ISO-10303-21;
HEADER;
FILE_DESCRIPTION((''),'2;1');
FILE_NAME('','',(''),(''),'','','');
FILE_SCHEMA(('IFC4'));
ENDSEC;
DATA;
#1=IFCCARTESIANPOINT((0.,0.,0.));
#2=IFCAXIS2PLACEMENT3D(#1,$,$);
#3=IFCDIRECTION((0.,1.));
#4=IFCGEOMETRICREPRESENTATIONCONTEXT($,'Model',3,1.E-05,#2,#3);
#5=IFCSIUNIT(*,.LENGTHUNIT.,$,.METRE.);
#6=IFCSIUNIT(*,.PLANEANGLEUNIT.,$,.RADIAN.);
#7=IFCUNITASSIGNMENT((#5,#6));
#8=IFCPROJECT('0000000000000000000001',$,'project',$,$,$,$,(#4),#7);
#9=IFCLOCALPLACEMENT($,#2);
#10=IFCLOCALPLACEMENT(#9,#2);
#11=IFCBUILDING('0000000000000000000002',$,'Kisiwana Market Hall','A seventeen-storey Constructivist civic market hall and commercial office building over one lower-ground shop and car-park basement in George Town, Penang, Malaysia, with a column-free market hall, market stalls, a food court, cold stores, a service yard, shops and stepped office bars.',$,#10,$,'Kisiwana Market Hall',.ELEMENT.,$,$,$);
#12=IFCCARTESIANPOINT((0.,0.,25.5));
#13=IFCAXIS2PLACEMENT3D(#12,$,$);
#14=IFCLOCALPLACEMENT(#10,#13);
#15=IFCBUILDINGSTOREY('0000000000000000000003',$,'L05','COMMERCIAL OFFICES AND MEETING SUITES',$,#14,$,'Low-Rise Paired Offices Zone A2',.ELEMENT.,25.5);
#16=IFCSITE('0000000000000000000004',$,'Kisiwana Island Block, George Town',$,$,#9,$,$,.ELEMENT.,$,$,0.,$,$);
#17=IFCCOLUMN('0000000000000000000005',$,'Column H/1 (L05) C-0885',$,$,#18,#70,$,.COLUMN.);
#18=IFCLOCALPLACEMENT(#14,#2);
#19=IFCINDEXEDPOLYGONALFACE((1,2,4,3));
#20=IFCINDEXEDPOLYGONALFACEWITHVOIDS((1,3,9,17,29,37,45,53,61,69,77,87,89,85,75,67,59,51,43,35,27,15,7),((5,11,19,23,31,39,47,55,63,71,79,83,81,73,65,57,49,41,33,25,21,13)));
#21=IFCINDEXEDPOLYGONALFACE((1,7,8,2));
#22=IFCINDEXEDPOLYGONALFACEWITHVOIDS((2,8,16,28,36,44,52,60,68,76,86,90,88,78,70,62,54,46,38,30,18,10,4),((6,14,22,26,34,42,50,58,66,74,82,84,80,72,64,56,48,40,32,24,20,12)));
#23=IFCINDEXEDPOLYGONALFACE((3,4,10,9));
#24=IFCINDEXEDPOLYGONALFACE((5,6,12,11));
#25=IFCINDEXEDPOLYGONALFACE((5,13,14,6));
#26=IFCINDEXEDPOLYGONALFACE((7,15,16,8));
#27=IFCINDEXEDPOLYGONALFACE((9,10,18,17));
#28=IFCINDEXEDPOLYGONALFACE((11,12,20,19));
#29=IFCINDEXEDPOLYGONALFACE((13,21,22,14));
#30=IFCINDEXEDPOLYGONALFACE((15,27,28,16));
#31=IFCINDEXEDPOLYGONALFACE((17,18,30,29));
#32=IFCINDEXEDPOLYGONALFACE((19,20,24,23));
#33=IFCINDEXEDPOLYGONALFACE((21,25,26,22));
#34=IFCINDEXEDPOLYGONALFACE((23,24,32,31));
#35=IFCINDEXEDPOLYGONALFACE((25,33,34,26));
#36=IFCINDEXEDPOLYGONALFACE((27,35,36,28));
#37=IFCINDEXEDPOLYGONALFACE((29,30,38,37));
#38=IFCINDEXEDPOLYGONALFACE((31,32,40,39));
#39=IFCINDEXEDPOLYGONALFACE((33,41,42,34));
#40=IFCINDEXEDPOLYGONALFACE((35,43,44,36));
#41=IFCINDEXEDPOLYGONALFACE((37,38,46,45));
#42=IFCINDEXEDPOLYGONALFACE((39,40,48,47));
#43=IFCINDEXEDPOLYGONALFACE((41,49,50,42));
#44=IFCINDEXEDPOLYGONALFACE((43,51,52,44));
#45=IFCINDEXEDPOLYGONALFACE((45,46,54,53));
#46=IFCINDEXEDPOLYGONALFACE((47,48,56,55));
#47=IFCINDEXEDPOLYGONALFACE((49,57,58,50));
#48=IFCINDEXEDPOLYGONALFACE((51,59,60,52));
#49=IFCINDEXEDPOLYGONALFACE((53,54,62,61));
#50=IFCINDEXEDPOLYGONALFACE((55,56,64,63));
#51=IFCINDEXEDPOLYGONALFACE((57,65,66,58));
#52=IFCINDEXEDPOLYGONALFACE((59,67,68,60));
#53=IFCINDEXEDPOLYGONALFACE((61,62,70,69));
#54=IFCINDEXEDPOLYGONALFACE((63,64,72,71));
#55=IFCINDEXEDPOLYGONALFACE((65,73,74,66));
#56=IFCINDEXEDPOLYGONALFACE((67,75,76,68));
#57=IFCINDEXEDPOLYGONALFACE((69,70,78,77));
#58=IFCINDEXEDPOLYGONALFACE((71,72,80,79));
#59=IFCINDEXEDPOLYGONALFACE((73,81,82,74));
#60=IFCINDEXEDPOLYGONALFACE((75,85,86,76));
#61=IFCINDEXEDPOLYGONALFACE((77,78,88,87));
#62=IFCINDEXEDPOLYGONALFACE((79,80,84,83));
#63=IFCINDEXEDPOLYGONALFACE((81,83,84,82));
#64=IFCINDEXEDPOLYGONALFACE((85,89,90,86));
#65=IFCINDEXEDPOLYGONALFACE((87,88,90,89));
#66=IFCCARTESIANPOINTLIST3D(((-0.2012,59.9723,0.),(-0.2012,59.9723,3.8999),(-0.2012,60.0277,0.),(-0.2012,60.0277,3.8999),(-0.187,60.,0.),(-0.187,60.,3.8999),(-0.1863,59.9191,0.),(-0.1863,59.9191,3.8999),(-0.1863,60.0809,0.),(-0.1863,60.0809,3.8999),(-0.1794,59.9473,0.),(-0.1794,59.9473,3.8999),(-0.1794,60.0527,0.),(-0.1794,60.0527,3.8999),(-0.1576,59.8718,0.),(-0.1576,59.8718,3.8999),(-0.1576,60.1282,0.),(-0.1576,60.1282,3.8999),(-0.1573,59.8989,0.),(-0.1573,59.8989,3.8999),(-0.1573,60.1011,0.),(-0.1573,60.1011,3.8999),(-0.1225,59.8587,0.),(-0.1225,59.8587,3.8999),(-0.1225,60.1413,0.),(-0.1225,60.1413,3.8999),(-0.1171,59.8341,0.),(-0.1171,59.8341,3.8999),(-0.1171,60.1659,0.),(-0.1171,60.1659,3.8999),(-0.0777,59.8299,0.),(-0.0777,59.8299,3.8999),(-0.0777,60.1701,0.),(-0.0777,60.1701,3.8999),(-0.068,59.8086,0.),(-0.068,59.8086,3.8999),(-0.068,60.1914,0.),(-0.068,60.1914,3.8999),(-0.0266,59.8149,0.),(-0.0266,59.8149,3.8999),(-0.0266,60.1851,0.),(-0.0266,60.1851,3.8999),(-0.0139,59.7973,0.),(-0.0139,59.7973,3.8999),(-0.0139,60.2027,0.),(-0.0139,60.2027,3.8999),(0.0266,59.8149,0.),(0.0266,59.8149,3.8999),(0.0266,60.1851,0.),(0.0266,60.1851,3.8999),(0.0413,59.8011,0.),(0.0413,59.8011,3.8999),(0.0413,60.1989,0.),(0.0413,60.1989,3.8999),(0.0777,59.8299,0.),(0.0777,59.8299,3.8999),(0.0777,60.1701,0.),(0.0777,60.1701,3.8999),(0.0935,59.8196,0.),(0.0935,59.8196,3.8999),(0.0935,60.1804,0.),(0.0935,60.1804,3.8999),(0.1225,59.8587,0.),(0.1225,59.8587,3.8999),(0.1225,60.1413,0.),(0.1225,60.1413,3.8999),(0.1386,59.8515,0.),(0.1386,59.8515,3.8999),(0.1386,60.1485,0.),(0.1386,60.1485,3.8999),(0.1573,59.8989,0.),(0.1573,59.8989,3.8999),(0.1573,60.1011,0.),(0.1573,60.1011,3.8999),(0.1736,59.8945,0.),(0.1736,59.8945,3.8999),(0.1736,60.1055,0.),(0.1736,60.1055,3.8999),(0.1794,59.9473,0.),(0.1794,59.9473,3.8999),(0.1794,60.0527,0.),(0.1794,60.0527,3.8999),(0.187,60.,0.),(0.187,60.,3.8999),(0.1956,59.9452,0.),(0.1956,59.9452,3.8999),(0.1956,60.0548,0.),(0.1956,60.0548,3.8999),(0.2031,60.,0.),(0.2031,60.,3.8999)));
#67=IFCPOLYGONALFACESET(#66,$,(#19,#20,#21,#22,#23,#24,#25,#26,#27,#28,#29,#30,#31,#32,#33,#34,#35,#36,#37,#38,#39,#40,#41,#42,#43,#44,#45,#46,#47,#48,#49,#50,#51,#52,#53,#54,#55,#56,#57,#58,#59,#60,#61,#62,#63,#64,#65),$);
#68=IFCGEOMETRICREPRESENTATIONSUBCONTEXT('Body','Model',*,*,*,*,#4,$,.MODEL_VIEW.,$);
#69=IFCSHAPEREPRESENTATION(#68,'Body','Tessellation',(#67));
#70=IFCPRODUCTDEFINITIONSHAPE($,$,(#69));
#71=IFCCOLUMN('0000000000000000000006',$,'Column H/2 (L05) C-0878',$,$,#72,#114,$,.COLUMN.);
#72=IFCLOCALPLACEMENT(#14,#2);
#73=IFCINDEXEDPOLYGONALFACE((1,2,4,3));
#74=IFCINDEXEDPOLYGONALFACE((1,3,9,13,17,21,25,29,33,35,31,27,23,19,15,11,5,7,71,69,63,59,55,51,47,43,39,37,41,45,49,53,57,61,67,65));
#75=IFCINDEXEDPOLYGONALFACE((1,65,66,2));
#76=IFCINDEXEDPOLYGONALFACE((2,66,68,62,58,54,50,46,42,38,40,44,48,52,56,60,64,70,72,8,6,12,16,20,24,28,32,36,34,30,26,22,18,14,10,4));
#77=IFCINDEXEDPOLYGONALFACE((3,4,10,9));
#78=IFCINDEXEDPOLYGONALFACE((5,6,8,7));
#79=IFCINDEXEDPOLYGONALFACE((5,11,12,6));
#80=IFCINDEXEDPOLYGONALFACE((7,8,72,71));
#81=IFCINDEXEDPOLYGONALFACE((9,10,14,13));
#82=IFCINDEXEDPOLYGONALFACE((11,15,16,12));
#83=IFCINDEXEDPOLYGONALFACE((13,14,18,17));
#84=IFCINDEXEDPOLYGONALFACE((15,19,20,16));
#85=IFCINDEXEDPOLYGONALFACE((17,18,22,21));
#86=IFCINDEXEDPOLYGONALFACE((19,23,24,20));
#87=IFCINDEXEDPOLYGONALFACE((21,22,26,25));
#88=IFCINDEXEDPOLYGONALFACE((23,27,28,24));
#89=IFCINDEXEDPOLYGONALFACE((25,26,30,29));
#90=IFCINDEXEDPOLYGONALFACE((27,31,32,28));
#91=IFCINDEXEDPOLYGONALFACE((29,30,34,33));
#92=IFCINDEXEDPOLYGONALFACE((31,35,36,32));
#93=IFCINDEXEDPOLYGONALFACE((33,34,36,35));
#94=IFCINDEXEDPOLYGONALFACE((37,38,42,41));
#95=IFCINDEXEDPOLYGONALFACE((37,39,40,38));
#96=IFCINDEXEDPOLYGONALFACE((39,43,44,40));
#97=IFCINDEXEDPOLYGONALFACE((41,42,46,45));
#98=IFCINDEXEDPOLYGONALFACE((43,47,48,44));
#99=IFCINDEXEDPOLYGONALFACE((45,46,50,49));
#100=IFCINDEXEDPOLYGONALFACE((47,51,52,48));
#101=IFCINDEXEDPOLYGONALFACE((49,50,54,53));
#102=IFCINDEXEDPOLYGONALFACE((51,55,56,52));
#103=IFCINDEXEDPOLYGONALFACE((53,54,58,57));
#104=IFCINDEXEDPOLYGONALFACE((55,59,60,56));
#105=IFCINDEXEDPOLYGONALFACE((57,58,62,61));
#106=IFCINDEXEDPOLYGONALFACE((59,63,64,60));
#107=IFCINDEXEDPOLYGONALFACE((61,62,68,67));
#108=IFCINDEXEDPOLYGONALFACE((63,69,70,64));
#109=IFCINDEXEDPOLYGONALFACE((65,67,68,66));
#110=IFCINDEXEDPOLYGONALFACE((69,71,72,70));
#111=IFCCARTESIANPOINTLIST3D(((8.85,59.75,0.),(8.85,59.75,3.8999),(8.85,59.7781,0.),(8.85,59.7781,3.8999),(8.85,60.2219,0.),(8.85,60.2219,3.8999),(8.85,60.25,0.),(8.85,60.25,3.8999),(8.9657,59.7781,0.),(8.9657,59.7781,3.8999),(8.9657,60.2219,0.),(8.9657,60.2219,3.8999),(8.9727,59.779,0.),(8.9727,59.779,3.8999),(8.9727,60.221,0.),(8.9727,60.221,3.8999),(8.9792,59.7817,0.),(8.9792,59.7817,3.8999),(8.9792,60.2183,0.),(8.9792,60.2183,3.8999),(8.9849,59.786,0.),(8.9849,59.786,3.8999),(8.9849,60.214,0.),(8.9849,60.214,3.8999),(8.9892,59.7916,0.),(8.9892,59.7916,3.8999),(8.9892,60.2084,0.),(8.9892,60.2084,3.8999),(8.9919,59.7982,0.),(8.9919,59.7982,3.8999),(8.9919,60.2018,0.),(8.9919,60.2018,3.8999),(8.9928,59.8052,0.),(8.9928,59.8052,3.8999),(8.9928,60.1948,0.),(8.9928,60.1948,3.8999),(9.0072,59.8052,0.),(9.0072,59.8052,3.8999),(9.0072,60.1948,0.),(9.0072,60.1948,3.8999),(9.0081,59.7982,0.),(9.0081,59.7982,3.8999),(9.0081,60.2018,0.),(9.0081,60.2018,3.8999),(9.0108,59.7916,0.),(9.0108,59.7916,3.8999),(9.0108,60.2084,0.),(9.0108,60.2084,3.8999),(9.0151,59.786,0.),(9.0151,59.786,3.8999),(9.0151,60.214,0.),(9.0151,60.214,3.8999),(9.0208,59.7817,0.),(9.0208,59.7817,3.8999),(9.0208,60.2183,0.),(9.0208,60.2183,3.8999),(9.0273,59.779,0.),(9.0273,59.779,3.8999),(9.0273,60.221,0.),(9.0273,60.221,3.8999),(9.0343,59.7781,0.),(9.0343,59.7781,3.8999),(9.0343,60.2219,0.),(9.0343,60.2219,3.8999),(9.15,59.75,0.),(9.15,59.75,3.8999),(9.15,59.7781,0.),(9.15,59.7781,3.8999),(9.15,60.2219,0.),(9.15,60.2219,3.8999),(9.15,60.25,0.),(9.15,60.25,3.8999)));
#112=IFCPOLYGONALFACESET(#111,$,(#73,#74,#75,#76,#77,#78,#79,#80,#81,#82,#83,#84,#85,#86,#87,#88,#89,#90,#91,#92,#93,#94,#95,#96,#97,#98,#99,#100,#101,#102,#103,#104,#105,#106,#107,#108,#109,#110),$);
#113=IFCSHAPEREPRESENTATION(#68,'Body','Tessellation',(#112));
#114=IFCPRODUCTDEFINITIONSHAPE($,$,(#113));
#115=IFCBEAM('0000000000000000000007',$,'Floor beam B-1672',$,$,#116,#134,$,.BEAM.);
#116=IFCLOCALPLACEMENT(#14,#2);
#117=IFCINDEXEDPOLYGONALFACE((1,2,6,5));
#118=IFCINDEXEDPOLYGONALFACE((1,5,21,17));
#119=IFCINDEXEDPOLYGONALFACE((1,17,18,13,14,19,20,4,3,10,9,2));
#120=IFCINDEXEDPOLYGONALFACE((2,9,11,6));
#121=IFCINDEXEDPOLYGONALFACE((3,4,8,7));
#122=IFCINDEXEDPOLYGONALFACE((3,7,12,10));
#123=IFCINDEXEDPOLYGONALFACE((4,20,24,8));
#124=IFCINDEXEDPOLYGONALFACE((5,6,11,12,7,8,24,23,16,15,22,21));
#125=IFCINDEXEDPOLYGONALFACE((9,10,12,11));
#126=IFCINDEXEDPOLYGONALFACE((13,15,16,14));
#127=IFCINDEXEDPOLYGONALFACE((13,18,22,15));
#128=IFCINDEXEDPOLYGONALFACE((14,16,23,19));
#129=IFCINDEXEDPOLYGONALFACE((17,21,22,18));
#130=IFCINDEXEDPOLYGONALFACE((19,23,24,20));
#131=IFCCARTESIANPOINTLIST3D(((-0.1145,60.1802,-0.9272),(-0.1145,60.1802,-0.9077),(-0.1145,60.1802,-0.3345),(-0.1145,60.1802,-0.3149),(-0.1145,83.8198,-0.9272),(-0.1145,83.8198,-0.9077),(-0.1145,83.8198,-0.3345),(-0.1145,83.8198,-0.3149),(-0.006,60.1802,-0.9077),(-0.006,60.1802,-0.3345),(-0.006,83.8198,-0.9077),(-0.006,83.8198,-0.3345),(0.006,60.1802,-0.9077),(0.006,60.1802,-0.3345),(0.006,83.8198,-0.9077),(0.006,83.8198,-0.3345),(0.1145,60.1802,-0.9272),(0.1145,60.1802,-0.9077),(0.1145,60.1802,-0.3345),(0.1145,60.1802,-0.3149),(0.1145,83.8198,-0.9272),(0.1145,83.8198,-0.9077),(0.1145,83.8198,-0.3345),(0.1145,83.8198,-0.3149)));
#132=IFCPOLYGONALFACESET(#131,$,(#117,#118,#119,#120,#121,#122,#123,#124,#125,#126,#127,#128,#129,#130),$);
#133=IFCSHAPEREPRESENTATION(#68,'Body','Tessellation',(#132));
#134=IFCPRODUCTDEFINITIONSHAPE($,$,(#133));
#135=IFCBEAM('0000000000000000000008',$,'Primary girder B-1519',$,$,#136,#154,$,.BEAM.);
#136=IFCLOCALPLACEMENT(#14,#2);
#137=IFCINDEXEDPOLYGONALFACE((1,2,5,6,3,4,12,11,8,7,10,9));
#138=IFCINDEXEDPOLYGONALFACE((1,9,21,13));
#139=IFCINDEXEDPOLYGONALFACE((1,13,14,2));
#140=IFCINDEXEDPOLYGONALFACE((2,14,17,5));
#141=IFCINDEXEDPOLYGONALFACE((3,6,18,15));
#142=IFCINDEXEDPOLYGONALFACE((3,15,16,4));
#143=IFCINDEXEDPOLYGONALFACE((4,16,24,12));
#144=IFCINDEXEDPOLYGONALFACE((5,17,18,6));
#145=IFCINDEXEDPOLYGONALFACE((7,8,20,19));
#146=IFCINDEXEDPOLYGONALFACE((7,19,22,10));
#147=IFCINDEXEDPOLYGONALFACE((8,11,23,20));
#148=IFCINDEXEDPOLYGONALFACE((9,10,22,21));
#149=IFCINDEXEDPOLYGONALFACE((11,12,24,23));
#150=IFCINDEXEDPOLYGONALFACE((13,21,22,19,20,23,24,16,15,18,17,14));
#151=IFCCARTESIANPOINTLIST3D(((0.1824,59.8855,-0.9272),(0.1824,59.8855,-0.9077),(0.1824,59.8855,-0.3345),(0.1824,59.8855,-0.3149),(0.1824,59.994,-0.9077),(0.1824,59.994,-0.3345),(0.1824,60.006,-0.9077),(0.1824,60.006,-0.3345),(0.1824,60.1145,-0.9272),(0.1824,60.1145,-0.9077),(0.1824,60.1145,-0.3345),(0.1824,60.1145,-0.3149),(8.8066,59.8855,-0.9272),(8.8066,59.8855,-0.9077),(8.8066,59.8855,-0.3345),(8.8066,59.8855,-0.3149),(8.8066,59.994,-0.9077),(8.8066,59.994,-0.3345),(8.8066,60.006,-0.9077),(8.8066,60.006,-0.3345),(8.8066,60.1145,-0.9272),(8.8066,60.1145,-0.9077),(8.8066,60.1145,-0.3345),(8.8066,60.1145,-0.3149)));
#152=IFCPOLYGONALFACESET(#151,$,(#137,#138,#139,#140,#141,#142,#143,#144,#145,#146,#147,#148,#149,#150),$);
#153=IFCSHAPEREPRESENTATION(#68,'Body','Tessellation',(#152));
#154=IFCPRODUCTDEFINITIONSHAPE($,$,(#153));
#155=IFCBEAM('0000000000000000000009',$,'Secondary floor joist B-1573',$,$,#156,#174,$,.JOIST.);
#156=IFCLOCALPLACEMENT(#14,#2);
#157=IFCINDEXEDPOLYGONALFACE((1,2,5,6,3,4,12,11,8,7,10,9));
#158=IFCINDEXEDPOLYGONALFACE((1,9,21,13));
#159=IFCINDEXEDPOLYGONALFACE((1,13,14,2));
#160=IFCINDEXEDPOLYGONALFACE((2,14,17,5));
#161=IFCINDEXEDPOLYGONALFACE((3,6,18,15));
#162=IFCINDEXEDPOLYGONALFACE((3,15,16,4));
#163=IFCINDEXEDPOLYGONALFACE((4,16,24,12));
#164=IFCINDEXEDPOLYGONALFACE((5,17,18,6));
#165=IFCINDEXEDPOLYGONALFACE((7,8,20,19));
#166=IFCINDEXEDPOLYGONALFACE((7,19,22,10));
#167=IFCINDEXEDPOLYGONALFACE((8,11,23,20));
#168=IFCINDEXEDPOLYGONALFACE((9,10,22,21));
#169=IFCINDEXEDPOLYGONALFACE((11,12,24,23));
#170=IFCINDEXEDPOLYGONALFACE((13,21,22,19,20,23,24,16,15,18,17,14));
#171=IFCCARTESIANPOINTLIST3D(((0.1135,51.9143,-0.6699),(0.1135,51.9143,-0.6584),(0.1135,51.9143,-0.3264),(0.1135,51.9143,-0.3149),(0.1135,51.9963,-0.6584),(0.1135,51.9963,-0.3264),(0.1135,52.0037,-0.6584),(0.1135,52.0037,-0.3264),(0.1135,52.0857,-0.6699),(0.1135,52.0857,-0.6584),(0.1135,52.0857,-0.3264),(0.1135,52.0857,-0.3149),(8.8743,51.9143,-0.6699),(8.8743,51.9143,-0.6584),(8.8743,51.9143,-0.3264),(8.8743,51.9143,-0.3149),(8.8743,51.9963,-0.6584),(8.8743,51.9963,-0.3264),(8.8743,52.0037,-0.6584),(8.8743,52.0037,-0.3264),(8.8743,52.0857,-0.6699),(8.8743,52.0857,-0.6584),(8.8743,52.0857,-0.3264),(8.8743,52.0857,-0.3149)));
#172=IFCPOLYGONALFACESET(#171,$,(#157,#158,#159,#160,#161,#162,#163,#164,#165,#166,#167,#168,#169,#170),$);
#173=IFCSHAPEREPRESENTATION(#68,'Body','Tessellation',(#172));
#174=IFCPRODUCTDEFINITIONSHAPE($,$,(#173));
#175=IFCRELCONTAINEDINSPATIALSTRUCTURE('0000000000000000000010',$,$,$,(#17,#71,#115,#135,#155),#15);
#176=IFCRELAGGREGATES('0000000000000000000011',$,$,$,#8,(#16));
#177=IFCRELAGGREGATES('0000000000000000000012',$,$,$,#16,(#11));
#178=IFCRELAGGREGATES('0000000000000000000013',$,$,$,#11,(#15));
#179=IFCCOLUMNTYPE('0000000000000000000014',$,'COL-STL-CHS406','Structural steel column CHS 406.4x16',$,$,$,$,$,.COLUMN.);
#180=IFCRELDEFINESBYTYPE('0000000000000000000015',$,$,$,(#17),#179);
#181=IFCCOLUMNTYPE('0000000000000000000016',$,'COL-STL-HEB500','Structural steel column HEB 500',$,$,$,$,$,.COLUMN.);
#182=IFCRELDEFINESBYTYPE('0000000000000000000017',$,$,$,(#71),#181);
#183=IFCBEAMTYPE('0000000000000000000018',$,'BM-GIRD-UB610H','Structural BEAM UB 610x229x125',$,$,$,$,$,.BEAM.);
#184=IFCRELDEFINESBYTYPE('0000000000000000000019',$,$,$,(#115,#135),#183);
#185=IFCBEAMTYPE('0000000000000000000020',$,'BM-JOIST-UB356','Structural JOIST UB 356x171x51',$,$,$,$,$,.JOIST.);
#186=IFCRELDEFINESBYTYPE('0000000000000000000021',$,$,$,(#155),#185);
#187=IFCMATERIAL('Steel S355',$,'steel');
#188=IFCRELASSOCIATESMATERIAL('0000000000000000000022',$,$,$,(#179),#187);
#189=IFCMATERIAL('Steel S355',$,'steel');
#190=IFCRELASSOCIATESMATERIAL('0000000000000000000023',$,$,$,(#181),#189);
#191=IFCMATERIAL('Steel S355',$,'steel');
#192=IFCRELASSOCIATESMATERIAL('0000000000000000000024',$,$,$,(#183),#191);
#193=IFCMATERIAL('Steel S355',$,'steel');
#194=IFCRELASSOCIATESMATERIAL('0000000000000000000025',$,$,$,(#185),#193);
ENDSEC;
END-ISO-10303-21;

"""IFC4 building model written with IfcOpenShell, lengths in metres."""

from ifc_helpers import new_model, si_unit, direction, frame, origin, origin_2d, place, context, subcontext, project, spatial, hollow_circle, i_section, extrude, material, material_profile, profile_set, type_object, element, save


model = new_model("IFC4")

# Units and contexts
model_context = context("Model", 3, precision=1e-05, world=origin(), true_north=direction((0.0, 1.0)))
body_context = subcontext(model_context, "Body", "Model", "MODEL_VIEW")
ifc_project = project(units=[si_unit("LENGTHUNIT", "METRE"), si_unit("PLANEANGLEUNIT", "RADIAN")], contexts=[model_context])

# Site, building, storey
site_placement = place(None, origin())
site = spatial("IfcSite", under=ifc_project, at=site_placement, Name="Kisiwana Island Block, George Town", CompositionType="ELEMENT", RefElevation=0.0)
building_placement = place(site_placement, origin())
building = spatial("IfcBuilding", under=site, at=building_placement, Name="Kisiwana Market Hall", Description="A seventeen-storey Constructivist civic market hall and commercial office building over one lower-ground shop and car-park basement in George Town, Penang, Malaysia, with a column-free market hall, market stalls, a food court, cold stores, a service yard, shops and stepped office bars.", LongName="Kisiwana Market Hall", CompositionType="ELEMENT")
storey_placement = place(building_placement, frame((0.0, 0.0, 25.5)))
storey = spatial("IfcBuildingStorey", under=building, at=storey_placement, Name="L05", Description="COMMERCIAL OFFICES AND MEETING SUITES", LongName="Low-Rise Paired Offices Zone A2", CompositionType="ELEMENT", Elevation=25.5)

# Columns
ifc_material_1 = material(Name="Steel S355", Category="steel")
ifc_material_profile_1 = material_profile(ifc_material_1, hollow_circle(Radius=0.2031, WallThickness=0.0161, at=origin_2d()), Name="CHS 406.4x16")
ifc_profile_set_1 = profile_set([ifc_material_profile_1], Name="Steel S355")
column_type_1 = type_object("IfcColumnType", Name="COL-STL-CHS406", Description="Structural steel column CHS 406.4x16", PredefinedType="COLUMN", material=ifc_profile_set_1)
column_1_placement = place(storey_placement, frame((0.0, 60.0, 0.0), z_axis=(0.0, 0.0, 1.0), x_axis=(1.0, 0.0, 0.0)))
element("IfcColumn", 1, at=column_1_placement, inside=storey, type_object=column_type_1, Name="Column H/1 (L05) C-0885", PredefinedType="COLUMN", context=body_context, shape_type="SweptSolid", body=[
    extrude(hollow_circle(Radius=0.2031, WallThickness=0.0161, at=origin_2d()), origin(), (0.0, 0.0, 1.0), 3.8999),
])
ifc_material_2 = material(Name="Steel S355", Category="steel")
ifc_material_profile_2 = material_profile(ifc_material_2, i_section(OverallWidth=0.3, OverallDepth=0.5, WebThickness=0.0144, FlangeThickness=0.0281, FilletRadius=0.0271, at=origin_2d()), Name="HEB 500")
ifc_profile_set_2 = profile_set([ifc_material_profile_2], Name="Steel S355")
column_type_2 = type_object("IfcColumnType", Name="COL-STL-HEB500", Description="Structural steel column HEB 500", PredefinedType="COLUMN", material=ifc_profile_set_2)
column_2_placement = place(storey_placement, frame((9.0, 60.0, 0.0), z_axis=(0.0, 0.0, 1.0), x_axis=(1.0, 0.0, 0.0)))
element("IfcColumn", 2, at=column_2_placement, inside=storey, type_object=column_type_2, Name="Column H/2 (L05) C-0878", PredefinedType="COLUMN", context=body_context, shape_type="SweptSolid", body=[
    extrude(i_section(OverallWidth=0.3, OverallDepth=0.5, WebThickness=0.0144, FlangeThickness=0.0281, FilletRadius=0.0271, at=origin_2d()), origin(), (0.0, 0.0, 1.0), 3.8999),
])

# Beams
ifc_material_3 = material(Name="Steel S355", Category="steel")
ifc_material_profile_3 = material_profile(ifc_material_3, i_section(OverallWidth=0.229, OverallDepth=0.6123, WebThickness=0.012, FlangeThickness=0.0195, at=origin_2d()), Name="UB 610x229x125")
ifc_profile_set_3 = profile_set([ifc_material_profile_3], Name="Steel S355")
beam_type_1 = type_object("IfcBeamType", Name="BM-GIRD-UB610H", Description="Structural BEAM UB 610x229x125", PredefinedType="BEAM", material=ifc_profile_set_3)
beam_1_placement = place(storey_placement, frame((0.0, 60.1802, -0.6211), z_axis=(0.0, 1.0, 0.0), x_axis=(-1.0, 0.0, 0.0)))
element("IfcBeam", 3, at=beam_1_placement, inside=storey, type_object=beam_type_1, Name="Floor beam B-1672", PredefinedType="BEAM", context=body_context, shape_type="SweptSolid", body=[
    extrude(i_section(OverallWidth=0.229, OverallDepth=0.6123, WebThickness=0.012, FlangeThickness=0.0195, at=origin_2d()), origin(), (0.0, 0.0, 1.0), 23.6396),
])
beam_2_placement = place(storey_placement, frame((0.1824, 60.0, -0.6211), z_axis=(1.0, 0.0, 0.0), x_axis=(0.0, 1.0, 0.0)))
element("IfcBeam", 4, at=beam_2_placement, inside=storey, type_object=beam_type_1, Name="Primary girder B-1519", PredefinedType="BEAM", context=body_context, shape_type="SweptSolid", body=[
    extrude(i_section(OverallWidth=0.229, OverallDepth=0.6123, WebThickness=0.012, FlangeThickness=0.0195, at=origin_2d()), origin(), (0.0, 0.0, 1.0), 8.6243),
])
ifc_material_4 = material(Name="Steel S355", Category="steel")
ifc_material_profile_4 = material_profile(ifc_material_4, i_section(OverallWidth=0.1714, OverallDepth=0.355, WebThickness=0.0073, FlangeThickness=0.0115, at=origin_2d()), Name="UB 356x171x51")
ifc_profile_set_4 = profile_set([ifc_material_profile_4], Name="Steel S355")
beam_type_2 = type_object("IfcBeamType", Name="BM-JOIST-UB356", Description="Structural JOIST UB 356x171x51", PredefinedType="JOIST", material=ifc_profile_set_4)
beam_3_placement = place(storey_placement, frame((0.1135, 52.0, -0.4924), z_axis=(1.0, 0.0, 0.0), x_axis=(0.0, 1.0, 0.0)))
element("IfcBeam", 5, at=beam_3_placement, inside=storey, type_object=beam_type_2, Name="Secondary floor joist B-1573", PredefinedType="JOIST", context=body_context, shape_type="SweptSolid", body=[
    extrude(i_section(OverallWidth=0.1714, OverallDepth=0.355, WebThickness=0.0073, FlangeThickness=0.0115, at=origin_2d()), origin(), (0.0, 0.0, 1.0), 8.7607),
])

save(model, "model.ifc")
